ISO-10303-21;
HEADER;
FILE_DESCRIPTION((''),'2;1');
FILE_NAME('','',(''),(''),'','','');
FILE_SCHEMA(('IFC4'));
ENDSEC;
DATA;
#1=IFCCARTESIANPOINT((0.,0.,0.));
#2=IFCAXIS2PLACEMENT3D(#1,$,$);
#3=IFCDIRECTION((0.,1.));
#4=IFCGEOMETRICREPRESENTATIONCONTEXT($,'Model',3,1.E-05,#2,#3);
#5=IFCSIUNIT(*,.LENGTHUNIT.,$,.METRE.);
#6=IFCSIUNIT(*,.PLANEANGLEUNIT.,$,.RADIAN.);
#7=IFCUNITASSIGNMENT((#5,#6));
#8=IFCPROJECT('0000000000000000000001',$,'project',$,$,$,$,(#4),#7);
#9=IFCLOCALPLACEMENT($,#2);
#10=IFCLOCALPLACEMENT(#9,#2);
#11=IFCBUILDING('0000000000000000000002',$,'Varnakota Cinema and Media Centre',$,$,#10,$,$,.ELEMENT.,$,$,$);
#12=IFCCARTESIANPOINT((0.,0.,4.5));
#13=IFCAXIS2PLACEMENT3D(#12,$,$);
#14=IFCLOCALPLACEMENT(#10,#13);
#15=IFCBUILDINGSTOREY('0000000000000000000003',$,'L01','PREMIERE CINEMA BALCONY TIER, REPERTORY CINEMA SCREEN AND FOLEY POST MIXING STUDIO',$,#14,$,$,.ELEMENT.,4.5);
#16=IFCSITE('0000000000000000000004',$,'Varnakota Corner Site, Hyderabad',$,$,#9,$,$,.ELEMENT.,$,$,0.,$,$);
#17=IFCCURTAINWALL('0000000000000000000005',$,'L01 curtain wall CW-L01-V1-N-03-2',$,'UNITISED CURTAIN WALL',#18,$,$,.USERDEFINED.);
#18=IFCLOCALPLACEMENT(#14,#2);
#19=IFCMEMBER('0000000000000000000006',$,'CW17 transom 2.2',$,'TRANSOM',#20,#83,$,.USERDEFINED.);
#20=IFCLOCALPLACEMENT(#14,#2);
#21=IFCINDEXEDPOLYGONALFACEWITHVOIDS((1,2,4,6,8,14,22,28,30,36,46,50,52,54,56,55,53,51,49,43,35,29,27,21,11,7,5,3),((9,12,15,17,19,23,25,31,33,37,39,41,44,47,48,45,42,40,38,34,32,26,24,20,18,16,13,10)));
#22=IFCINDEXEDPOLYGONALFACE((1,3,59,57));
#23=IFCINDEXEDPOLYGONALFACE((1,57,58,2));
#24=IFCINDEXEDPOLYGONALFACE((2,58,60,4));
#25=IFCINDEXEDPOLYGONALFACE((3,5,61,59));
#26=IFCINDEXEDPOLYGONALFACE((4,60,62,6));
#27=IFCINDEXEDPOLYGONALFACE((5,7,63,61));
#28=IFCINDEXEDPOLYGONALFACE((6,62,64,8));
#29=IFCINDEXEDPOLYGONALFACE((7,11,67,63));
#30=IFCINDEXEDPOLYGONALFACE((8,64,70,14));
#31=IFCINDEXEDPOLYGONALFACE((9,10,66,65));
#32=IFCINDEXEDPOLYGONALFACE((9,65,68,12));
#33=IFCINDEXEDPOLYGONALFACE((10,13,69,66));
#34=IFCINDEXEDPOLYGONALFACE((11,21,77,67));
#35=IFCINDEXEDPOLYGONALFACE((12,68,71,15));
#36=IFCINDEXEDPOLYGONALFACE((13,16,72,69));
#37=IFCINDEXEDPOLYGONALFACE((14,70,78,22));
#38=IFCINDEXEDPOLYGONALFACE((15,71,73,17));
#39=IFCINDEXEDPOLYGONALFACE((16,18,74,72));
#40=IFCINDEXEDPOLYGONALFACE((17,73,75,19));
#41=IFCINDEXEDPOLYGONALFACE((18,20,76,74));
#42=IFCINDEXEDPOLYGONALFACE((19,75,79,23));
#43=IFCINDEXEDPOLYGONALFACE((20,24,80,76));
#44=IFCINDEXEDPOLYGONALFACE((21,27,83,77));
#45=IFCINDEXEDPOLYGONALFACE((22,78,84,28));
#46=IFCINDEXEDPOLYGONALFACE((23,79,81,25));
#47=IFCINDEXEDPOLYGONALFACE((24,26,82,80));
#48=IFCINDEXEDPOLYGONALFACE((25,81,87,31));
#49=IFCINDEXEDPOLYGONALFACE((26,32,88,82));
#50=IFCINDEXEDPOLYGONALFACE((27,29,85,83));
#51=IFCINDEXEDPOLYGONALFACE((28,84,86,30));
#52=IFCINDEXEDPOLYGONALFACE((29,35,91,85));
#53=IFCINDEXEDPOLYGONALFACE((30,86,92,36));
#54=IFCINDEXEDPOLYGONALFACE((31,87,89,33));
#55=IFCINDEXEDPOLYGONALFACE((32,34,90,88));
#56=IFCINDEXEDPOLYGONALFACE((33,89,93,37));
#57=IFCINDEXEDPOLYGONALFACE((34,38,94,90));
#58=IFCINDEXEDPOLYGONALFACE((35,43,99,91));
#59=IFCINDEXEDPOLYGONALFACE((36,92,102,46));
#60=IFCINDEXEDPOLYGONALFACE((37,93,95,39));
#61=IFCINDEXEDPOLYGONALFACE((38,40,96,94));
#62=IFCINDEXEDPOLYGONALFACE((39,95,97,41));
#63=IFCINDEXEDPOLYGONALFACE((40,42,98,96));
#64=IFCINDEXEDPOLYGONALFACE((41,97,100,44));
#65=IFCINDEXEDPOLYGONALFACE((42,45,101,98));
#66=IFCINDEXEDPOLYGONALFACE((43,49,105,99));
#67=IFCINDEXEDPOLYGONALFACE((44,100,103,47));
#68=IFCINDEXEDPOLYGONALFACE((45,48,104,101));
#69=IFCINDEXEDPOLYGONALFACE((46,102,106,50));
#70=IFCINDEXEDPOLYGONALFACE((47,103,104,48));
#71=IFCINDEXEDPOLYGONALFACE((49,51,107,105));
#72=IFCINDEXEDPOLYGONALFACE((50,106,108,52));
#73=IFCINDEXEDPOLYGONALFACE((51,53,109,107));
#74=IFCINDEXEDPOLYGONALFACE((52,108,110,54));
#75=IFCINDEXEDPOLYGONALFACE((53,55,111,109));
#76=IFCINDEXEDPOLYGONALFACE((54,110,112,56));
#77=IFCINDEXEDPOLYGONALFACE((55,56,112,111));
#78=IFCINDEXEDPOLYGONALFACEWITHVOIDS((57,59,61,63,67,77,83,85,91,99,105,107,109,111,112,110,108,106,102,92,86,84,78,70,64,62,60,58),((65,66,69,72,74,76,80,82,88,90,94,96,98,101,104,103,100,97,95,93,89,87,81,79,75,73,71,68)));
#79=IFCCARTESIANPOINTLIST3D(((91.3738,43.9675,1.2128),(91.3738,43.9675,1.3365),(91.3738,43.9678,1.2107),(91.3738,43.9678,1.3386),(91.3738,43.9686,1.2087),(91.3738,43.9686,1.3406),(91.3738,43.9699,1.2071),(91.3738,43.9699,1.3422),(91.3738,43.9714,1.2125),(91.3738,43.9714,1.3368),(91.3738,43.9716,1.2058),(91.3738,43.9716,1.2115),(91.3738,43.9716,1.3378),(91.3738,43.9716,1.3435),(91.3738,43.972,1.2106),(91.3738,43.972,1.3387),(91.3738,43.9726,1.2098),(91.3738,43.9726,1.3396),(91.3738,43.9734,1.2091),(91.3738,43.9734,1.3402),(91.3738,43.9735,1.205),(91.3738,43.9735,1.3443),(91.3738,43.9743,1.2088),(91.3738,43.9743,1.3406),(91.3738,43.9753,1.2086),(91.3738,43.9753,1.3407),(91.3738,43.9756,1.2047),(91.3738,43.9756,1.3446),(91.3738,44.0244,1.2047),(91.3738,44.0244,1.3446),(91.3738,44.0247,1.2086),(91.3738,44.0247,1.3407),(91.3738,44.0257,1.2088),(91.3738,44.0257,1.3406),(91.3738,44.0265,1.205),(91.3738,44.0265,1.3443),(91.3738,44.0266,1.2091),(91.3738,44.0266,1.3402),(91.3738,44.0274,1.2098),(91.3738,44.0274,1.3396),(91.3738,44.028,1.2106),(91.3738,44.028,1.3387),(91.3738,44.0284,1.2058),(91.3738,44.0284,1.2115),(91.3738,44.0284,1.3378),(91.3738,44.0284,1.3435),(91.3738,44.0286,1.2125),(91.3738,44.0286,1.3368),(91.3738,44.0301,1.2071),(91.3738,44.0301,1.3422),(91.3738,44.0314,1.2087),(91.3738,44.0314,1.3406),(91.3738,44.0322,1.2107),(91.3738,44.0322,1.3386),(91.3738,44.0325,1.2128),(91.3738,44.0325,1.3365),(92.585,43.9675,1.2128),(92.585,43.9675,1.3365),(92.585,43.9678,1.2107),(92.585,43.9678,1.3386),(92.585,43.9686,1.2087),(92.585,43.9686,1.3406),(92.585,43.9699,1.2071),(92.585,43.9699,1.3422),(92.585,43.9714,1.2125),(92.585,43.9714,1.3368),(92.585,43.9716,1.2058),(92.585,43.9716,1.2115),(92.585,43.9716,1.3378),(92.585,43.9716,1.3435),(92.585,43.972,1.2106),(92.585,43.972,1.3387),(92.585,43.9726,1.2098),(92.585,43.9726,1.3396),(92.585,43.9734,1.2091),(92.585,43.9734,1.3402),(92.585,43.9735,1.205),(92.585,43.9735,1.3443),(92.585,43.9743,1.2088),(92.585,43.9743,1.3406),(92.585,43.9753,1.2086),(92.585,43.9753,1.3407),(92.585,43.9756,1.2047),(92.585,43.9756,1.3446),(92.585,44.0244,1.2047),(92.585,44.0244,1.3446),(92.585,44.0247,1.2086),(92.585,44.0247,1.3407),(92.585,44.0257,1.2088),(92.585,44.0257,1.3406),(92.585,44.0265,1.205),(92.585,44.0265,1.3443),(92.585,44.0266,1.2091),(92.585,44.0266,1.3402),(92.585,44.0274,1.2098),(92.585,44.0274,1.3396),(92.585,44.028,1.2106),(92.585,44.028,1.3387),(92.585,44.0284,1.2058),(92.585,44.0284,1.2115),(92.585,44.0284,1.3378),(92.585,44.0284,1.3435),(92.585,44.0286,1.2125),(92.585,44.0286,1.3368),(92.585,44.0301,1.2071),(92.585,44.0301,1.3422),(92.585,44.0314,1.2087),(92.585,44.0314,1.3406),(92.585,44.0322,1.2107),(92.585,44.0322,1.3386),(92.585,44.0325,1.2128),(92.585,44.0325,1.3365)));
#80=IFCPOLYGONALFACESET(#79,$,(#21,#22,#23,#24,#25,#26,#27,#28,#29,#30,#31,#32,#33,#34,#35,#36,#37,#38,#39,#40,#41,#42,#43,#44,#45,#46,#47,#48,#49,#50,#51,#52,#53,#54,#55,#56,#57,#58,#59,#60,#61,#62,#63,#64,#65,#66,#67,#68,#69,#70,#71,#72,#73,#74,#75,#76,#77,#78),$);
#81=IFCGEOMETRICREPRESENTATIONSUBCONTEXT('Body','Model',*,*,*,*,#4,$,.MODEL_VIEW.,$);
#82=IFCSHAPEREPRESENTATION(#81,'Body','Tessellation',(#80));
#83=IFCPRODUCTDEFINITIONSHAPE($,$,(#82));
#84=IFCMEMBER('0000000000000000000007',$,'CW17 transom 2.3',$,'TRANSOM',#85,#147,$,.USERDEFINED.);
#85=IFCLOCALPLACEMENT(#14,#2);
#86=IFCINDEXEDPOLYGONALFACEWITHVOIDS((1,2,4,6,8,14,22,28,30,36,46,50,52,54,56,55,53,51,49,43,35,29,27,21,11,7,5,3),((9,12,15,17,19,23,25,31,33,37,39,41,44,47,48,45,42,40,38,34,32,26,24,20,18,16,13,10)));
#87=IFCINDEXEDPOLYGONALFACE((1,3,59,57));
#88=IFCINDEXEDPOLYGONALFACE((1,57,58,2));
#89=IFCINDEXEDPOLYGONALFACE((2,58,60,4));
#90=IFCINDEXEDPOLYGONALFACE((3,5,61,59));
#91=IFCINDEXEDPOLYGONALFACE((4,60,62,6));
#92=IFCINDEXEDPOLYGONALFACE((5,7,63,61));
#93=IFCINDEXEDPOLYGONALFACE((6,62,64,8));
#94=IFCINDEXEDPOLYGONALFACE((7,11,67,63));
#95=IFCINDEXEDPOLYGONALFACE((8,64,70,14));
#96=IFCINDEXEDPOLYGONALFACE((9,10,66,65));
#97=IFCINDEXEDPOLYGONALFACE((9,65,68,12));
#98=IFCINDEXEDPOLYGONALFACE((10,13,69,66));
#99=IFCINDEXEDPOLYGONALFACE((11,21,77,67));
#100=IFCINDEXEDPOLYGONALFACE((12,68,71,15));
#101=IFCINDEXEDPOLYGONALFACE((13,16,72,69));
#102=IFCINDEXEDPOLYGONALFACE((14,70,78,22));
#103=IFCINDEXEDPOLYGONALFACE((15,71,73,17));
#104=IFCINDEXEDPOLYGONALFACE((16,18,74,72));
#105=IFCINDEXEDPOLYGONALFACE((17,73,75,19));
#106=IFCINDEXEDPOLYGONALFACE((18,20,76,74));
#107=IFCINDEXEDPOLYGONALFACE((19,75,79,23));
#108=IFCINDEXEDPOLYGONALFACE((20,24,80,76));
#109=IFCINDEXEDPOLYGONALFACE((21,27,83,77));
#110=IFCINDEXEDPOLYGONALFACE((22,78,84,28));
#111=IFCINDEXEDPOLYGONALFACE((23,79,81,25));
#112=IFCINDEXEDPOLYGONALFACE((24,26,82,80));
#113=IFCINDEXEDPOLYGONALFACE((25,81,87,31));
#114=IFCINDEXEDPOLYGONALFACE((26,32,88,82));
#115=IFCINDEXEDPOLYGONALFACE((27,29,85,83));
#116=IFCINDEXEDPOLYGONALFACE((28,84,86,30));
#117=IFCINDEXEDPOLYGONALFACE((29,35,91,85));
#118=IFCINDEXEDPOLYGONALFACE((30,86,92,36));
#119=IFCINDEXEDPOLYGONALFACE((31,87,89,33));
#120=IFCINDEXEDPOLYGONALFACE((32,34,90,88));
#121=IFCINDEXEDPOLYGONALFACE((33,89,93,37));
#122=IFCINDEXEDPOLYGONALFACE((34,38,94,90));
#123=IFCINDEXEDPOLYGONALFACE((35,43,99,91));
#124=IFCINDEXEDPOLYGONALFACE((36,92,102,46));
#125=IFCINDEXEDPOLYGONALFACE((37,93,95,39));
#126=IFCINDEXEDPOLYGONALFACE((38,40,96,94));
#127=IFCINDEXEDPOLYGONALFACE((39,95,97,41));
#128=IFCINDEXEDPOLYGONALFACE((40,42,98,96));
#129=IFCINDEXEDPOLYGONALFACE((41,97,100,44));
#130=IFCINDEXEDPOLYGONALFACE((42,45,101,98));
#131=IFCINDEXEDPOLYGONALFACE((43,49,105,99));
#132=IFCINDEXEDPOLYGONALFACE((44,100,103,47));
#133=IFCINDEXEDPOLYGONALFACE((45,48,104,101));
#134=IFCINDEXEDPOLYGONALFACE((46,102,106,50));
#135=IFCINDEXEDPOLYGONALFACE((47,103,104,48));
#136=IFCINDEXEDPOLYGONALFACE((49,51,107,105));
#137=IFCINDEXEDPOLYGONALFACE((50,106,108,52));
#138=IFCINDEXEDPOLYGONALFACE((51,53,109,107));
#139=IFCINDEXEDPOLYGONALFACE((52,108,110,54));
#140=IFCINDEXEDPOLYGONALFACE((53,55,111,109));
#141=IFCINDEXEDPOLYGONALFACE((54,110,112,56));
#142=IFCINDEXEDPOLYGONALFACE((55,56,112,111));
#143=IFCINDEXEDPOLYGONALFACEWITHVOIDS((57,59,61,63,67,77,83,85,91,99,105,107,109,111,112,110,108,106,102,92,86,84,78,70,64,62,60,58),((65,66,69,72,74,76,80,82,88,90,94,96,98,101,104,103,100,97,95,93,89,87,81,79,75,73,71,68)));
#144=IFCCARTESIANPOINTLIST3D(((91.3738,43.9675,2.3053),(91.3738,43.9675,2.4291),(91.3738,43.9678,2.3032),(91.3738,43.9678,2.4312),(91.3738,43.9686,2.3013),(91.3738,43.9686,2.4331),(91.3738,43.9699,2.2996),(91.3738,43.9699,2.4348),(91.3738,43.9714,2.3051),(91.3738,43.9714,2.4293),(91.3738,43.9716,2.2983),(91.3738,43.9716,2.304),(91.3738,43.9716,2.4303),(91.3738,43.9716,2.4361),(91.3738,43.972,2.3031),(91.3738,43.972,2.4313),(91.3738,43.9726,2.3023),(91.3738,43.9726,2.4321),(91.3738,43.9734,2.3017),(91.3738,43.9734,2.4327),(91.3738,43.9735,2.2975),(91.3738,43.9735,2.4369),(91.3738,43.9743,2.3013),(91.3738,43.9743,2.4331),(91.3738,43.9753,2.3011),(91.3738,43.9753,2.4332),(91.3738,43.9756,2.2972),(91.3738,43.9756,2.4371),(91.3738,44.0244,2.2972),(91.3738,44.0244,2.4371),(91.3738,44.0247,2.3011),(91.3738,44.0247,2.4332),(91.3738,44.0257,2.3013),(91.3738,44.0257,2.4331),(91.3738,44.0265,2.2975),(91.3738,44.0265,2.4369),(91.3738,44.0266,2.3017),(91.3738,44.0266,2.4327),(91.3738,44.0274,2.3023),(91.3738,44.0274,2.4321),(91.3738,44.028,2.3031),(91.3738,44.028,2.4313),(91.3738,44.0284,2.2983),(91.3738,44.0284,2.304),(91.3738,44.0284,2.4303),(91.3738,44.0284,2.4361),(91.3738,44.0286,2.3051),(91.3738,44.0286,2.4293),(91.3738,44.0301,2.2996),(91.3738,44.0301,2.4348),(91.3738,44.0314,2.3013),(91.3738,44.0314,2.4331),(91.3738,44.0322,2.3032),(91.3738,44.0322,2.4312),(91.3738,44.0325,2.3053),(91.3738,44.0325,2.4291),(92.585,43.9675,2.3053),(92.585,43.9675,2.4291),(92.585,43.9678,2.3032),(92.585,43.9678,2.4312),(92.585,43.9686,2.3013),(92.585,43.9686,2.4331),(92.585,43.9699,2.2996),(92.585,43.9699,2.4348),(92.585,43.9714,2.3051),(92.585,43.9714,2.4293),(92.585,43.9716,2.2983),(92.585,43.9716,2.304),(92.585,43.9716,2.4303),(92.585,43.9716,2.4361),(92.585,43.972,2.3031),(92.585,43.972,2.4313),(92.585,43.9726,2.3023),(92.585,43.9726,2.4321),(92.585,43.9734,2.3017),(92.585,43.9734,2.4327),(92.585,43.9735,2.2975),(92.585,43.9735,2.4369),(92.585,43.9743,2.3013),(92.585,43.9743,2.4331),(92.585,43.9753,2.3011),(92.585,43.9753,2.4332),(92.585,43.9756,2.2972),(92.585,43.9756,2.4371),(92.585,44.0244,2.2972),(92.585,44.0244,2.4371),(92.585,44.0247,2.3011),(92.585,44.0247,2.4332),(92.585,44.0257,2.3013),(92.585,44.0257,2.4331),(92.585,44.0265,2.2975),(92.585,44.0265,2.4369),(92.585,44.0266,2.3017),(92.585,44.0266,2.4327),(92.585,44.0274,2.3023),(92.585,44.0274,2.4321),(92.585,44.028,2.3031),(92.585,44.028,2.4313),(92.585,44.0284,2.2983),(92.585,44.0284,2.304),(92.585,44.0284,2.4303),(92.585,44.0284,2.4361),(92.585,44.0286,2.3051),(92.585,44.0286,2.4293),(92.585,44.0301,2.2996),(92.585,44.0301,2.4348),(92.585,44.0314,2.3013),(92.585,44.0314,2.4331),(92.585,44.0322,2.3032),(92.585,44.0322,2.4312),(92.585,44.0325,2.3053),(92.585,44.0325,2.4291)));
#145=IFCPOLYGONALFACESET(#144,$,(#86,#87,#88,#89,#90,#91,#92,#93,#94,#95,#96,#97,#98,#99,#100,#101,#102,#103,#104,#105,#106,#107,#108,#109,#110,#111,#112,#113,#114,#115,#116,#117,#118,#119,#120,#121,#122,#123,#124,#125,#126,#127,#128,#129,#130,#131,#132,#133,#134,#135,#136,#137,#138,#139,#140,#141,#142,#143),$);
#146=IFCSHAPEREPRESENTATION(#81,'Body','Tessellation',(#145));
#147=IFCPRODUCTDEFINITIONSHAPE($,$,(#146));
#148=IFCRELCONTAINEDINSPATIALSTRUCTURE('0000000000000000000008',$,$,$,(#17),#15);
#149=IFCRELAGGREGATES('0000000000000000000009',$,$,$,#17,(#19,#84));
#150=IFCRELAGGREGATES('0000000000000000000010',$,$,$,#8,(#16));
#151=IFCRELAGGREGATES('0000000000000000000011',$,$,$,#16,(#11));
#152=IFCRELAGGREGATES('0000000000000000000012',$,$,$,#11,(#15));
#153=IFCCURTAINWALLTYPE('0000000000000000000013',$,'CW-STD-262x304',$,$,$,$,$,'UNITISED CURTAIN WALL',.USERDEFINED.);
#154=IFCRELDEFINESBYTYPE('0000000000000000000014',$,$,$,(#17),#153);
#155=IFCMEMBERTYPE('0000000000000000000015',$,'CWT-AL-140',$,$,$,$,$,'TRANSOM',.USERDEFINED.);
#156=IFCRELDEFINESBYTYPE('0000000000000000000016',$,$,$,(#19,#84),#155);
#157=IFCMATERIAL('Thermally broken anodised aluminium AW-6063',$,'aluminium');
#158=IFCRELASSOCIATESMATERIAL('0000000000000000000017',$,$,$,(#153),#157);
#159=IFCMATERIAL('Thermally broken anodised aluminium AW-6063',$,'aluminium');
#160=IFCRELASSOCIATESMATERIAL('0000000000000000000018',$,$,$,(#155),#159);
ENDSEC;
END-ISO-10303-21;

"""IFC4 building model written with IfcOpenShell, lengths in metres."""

from ifc_helpers import new_model, si_unit, direction, frame, origin, origin_2d, place, context, subcontext, project, spatial, hollow_rectangle, extrude, material, material_profile, profile_set, type_object, element, aggregate, save


model = new_model("IFC4")

# Units and contexts
model_context = context("Model", 3, precision=1e-05, world=origin(), true_north=direction((0.0, 1.0)))
body_context = subcontext(model_context, "Body", "Model", "MODEL_VIEW")
ifc_project = project(units=[si_unit("LENGTHUNIT", "METRE"), si_unit("PLANEANGLEUNIT", "RADIAN")], contexts=[model_context])

# Site, building, storey
site_placement = place(None, origin())
site = spatial("IfcSite", under=ifc_project, at=site_placement, Name="Varnakota Corner Site, Hyderabad", CompositionType="ELEMENT", RefElevation=0.0)
building_placement = place(site_placement, origin())
building = spatial("IfcBuilding", under=site, at=building_placement, Name="Varnakota Cinema and Media Centre", CompositionType="ELEMENT")
storey_placement = place(building_placement, frame((0.0, 0.0, 4.5)))
storey = spatial("IfcBuildingStorey", under=building, at=storey_placement, Name="L01", Description="PREMIERE CINEMA BALCONY TIER, REPERTORY CINEMA SCREEN AND FOLEY POST MIXING STUDIO", CompositionType="ELEMENT", Elevation=4.5)

# Shared definitions
ifc_material_1 = material(Name="Thermally broken anodised aluminium AW-6063", Category="aluminium")
curtain_wall_type = type_object("IfcCurtainWallType", Name="CW-STD-262x304", ElementType="UNITISED CURTAIN WALL", PredefinedType="USERDEFINED", material=ifc_material_1)

# Curtain wall
curtain_wall_1_placement = place(storey_placement, origin())
curtain_wall_1 = element("IfcCurtainWall", 1, at=curtain_wall_1_placement, inside=storey, type_object=curtain_wall_type, Name="L01 curtain wall CW-L01-V1-N-03-2", ObjectType="UNITISED CURTAIN WALL", PredefinedType="USERDEFINED")

# Members
ifc_material_2 = material(Name="Thermally broken anodised aluminium AW-6063", Category="aluminium")
ifc_material_profile_1 = material_profile(ifc_material_2, hollow_rectangle(XDim=0.0649, YDim=0.1399, WallThickness=0.0039, InnerFilletRadius=0.0039, OuterFilletRadius=0.0081, at=origin_2d()), Name="AL-TRANSOM 140x65x4")
ifc_profile_set_1 = profile_set([ifc_material_profile_1], Name="Thermally broken anodised aluminium AW-6063")
member_type_1 = type_object("IfcMemberType", Name="CWT-AL-140", ElementType="TRANSOM", PredefinedType="USERDEFINED", material=ifc_profile_set_1)
member_1_placement = place(storey_placement, frame((91.3738, 44.0, 1.2747), z_axis=(1.0, 0.0, 0.0), x_axis=(0.0, 1.0, 0.0)))
member_1 = element("IfcMember", 2, at=member_1_placement, type_object=member_type_1, Name="CW17 transom 2.2", ObjectType="TRANSOM", PredefinedType="USERDEFINED", context=body_context, shape_type="SweptSolid", body=[
    extrude(hollow_rectangle(XDim=0.0649, YDim=0.1399, WallThickness=0.0039, InnerFilletRadius=0.0039, OuterFilletRadius=0.0081, at=origin_2d()), origin(), (0.0, 0.0, 1.0), 1.2112),
])
member_2_placement = place(storey_placement, frame((91.3738, 44.0, 2.3672), z_axis=(1.0, 0.0, 0.0), x_axis=(0.0, 1.0, 0.0)))
member_2 = element("IfcMember", 3, at=member_2_placement, type_object=member_type_1, Name="CW17 transom 2.3", ObjectType="TRANSOM", PredefinedType="USERDEFINED", context=body_context, shape_type="SweptSolid", body=[
    extrude(hollow_rectangle(XDim=0.0649, YDim=0.1399, WallThickness=0.0039, InnerFilletRadius=0.0039, OuterFilletRadius=0.0081, at=origin_2d()), origin(), (0.0, 0.0, 1.0), 1.2112),
])

aggregate(curtain_wall_1, [member_1, member_2])

save(model, "model.ifc")
